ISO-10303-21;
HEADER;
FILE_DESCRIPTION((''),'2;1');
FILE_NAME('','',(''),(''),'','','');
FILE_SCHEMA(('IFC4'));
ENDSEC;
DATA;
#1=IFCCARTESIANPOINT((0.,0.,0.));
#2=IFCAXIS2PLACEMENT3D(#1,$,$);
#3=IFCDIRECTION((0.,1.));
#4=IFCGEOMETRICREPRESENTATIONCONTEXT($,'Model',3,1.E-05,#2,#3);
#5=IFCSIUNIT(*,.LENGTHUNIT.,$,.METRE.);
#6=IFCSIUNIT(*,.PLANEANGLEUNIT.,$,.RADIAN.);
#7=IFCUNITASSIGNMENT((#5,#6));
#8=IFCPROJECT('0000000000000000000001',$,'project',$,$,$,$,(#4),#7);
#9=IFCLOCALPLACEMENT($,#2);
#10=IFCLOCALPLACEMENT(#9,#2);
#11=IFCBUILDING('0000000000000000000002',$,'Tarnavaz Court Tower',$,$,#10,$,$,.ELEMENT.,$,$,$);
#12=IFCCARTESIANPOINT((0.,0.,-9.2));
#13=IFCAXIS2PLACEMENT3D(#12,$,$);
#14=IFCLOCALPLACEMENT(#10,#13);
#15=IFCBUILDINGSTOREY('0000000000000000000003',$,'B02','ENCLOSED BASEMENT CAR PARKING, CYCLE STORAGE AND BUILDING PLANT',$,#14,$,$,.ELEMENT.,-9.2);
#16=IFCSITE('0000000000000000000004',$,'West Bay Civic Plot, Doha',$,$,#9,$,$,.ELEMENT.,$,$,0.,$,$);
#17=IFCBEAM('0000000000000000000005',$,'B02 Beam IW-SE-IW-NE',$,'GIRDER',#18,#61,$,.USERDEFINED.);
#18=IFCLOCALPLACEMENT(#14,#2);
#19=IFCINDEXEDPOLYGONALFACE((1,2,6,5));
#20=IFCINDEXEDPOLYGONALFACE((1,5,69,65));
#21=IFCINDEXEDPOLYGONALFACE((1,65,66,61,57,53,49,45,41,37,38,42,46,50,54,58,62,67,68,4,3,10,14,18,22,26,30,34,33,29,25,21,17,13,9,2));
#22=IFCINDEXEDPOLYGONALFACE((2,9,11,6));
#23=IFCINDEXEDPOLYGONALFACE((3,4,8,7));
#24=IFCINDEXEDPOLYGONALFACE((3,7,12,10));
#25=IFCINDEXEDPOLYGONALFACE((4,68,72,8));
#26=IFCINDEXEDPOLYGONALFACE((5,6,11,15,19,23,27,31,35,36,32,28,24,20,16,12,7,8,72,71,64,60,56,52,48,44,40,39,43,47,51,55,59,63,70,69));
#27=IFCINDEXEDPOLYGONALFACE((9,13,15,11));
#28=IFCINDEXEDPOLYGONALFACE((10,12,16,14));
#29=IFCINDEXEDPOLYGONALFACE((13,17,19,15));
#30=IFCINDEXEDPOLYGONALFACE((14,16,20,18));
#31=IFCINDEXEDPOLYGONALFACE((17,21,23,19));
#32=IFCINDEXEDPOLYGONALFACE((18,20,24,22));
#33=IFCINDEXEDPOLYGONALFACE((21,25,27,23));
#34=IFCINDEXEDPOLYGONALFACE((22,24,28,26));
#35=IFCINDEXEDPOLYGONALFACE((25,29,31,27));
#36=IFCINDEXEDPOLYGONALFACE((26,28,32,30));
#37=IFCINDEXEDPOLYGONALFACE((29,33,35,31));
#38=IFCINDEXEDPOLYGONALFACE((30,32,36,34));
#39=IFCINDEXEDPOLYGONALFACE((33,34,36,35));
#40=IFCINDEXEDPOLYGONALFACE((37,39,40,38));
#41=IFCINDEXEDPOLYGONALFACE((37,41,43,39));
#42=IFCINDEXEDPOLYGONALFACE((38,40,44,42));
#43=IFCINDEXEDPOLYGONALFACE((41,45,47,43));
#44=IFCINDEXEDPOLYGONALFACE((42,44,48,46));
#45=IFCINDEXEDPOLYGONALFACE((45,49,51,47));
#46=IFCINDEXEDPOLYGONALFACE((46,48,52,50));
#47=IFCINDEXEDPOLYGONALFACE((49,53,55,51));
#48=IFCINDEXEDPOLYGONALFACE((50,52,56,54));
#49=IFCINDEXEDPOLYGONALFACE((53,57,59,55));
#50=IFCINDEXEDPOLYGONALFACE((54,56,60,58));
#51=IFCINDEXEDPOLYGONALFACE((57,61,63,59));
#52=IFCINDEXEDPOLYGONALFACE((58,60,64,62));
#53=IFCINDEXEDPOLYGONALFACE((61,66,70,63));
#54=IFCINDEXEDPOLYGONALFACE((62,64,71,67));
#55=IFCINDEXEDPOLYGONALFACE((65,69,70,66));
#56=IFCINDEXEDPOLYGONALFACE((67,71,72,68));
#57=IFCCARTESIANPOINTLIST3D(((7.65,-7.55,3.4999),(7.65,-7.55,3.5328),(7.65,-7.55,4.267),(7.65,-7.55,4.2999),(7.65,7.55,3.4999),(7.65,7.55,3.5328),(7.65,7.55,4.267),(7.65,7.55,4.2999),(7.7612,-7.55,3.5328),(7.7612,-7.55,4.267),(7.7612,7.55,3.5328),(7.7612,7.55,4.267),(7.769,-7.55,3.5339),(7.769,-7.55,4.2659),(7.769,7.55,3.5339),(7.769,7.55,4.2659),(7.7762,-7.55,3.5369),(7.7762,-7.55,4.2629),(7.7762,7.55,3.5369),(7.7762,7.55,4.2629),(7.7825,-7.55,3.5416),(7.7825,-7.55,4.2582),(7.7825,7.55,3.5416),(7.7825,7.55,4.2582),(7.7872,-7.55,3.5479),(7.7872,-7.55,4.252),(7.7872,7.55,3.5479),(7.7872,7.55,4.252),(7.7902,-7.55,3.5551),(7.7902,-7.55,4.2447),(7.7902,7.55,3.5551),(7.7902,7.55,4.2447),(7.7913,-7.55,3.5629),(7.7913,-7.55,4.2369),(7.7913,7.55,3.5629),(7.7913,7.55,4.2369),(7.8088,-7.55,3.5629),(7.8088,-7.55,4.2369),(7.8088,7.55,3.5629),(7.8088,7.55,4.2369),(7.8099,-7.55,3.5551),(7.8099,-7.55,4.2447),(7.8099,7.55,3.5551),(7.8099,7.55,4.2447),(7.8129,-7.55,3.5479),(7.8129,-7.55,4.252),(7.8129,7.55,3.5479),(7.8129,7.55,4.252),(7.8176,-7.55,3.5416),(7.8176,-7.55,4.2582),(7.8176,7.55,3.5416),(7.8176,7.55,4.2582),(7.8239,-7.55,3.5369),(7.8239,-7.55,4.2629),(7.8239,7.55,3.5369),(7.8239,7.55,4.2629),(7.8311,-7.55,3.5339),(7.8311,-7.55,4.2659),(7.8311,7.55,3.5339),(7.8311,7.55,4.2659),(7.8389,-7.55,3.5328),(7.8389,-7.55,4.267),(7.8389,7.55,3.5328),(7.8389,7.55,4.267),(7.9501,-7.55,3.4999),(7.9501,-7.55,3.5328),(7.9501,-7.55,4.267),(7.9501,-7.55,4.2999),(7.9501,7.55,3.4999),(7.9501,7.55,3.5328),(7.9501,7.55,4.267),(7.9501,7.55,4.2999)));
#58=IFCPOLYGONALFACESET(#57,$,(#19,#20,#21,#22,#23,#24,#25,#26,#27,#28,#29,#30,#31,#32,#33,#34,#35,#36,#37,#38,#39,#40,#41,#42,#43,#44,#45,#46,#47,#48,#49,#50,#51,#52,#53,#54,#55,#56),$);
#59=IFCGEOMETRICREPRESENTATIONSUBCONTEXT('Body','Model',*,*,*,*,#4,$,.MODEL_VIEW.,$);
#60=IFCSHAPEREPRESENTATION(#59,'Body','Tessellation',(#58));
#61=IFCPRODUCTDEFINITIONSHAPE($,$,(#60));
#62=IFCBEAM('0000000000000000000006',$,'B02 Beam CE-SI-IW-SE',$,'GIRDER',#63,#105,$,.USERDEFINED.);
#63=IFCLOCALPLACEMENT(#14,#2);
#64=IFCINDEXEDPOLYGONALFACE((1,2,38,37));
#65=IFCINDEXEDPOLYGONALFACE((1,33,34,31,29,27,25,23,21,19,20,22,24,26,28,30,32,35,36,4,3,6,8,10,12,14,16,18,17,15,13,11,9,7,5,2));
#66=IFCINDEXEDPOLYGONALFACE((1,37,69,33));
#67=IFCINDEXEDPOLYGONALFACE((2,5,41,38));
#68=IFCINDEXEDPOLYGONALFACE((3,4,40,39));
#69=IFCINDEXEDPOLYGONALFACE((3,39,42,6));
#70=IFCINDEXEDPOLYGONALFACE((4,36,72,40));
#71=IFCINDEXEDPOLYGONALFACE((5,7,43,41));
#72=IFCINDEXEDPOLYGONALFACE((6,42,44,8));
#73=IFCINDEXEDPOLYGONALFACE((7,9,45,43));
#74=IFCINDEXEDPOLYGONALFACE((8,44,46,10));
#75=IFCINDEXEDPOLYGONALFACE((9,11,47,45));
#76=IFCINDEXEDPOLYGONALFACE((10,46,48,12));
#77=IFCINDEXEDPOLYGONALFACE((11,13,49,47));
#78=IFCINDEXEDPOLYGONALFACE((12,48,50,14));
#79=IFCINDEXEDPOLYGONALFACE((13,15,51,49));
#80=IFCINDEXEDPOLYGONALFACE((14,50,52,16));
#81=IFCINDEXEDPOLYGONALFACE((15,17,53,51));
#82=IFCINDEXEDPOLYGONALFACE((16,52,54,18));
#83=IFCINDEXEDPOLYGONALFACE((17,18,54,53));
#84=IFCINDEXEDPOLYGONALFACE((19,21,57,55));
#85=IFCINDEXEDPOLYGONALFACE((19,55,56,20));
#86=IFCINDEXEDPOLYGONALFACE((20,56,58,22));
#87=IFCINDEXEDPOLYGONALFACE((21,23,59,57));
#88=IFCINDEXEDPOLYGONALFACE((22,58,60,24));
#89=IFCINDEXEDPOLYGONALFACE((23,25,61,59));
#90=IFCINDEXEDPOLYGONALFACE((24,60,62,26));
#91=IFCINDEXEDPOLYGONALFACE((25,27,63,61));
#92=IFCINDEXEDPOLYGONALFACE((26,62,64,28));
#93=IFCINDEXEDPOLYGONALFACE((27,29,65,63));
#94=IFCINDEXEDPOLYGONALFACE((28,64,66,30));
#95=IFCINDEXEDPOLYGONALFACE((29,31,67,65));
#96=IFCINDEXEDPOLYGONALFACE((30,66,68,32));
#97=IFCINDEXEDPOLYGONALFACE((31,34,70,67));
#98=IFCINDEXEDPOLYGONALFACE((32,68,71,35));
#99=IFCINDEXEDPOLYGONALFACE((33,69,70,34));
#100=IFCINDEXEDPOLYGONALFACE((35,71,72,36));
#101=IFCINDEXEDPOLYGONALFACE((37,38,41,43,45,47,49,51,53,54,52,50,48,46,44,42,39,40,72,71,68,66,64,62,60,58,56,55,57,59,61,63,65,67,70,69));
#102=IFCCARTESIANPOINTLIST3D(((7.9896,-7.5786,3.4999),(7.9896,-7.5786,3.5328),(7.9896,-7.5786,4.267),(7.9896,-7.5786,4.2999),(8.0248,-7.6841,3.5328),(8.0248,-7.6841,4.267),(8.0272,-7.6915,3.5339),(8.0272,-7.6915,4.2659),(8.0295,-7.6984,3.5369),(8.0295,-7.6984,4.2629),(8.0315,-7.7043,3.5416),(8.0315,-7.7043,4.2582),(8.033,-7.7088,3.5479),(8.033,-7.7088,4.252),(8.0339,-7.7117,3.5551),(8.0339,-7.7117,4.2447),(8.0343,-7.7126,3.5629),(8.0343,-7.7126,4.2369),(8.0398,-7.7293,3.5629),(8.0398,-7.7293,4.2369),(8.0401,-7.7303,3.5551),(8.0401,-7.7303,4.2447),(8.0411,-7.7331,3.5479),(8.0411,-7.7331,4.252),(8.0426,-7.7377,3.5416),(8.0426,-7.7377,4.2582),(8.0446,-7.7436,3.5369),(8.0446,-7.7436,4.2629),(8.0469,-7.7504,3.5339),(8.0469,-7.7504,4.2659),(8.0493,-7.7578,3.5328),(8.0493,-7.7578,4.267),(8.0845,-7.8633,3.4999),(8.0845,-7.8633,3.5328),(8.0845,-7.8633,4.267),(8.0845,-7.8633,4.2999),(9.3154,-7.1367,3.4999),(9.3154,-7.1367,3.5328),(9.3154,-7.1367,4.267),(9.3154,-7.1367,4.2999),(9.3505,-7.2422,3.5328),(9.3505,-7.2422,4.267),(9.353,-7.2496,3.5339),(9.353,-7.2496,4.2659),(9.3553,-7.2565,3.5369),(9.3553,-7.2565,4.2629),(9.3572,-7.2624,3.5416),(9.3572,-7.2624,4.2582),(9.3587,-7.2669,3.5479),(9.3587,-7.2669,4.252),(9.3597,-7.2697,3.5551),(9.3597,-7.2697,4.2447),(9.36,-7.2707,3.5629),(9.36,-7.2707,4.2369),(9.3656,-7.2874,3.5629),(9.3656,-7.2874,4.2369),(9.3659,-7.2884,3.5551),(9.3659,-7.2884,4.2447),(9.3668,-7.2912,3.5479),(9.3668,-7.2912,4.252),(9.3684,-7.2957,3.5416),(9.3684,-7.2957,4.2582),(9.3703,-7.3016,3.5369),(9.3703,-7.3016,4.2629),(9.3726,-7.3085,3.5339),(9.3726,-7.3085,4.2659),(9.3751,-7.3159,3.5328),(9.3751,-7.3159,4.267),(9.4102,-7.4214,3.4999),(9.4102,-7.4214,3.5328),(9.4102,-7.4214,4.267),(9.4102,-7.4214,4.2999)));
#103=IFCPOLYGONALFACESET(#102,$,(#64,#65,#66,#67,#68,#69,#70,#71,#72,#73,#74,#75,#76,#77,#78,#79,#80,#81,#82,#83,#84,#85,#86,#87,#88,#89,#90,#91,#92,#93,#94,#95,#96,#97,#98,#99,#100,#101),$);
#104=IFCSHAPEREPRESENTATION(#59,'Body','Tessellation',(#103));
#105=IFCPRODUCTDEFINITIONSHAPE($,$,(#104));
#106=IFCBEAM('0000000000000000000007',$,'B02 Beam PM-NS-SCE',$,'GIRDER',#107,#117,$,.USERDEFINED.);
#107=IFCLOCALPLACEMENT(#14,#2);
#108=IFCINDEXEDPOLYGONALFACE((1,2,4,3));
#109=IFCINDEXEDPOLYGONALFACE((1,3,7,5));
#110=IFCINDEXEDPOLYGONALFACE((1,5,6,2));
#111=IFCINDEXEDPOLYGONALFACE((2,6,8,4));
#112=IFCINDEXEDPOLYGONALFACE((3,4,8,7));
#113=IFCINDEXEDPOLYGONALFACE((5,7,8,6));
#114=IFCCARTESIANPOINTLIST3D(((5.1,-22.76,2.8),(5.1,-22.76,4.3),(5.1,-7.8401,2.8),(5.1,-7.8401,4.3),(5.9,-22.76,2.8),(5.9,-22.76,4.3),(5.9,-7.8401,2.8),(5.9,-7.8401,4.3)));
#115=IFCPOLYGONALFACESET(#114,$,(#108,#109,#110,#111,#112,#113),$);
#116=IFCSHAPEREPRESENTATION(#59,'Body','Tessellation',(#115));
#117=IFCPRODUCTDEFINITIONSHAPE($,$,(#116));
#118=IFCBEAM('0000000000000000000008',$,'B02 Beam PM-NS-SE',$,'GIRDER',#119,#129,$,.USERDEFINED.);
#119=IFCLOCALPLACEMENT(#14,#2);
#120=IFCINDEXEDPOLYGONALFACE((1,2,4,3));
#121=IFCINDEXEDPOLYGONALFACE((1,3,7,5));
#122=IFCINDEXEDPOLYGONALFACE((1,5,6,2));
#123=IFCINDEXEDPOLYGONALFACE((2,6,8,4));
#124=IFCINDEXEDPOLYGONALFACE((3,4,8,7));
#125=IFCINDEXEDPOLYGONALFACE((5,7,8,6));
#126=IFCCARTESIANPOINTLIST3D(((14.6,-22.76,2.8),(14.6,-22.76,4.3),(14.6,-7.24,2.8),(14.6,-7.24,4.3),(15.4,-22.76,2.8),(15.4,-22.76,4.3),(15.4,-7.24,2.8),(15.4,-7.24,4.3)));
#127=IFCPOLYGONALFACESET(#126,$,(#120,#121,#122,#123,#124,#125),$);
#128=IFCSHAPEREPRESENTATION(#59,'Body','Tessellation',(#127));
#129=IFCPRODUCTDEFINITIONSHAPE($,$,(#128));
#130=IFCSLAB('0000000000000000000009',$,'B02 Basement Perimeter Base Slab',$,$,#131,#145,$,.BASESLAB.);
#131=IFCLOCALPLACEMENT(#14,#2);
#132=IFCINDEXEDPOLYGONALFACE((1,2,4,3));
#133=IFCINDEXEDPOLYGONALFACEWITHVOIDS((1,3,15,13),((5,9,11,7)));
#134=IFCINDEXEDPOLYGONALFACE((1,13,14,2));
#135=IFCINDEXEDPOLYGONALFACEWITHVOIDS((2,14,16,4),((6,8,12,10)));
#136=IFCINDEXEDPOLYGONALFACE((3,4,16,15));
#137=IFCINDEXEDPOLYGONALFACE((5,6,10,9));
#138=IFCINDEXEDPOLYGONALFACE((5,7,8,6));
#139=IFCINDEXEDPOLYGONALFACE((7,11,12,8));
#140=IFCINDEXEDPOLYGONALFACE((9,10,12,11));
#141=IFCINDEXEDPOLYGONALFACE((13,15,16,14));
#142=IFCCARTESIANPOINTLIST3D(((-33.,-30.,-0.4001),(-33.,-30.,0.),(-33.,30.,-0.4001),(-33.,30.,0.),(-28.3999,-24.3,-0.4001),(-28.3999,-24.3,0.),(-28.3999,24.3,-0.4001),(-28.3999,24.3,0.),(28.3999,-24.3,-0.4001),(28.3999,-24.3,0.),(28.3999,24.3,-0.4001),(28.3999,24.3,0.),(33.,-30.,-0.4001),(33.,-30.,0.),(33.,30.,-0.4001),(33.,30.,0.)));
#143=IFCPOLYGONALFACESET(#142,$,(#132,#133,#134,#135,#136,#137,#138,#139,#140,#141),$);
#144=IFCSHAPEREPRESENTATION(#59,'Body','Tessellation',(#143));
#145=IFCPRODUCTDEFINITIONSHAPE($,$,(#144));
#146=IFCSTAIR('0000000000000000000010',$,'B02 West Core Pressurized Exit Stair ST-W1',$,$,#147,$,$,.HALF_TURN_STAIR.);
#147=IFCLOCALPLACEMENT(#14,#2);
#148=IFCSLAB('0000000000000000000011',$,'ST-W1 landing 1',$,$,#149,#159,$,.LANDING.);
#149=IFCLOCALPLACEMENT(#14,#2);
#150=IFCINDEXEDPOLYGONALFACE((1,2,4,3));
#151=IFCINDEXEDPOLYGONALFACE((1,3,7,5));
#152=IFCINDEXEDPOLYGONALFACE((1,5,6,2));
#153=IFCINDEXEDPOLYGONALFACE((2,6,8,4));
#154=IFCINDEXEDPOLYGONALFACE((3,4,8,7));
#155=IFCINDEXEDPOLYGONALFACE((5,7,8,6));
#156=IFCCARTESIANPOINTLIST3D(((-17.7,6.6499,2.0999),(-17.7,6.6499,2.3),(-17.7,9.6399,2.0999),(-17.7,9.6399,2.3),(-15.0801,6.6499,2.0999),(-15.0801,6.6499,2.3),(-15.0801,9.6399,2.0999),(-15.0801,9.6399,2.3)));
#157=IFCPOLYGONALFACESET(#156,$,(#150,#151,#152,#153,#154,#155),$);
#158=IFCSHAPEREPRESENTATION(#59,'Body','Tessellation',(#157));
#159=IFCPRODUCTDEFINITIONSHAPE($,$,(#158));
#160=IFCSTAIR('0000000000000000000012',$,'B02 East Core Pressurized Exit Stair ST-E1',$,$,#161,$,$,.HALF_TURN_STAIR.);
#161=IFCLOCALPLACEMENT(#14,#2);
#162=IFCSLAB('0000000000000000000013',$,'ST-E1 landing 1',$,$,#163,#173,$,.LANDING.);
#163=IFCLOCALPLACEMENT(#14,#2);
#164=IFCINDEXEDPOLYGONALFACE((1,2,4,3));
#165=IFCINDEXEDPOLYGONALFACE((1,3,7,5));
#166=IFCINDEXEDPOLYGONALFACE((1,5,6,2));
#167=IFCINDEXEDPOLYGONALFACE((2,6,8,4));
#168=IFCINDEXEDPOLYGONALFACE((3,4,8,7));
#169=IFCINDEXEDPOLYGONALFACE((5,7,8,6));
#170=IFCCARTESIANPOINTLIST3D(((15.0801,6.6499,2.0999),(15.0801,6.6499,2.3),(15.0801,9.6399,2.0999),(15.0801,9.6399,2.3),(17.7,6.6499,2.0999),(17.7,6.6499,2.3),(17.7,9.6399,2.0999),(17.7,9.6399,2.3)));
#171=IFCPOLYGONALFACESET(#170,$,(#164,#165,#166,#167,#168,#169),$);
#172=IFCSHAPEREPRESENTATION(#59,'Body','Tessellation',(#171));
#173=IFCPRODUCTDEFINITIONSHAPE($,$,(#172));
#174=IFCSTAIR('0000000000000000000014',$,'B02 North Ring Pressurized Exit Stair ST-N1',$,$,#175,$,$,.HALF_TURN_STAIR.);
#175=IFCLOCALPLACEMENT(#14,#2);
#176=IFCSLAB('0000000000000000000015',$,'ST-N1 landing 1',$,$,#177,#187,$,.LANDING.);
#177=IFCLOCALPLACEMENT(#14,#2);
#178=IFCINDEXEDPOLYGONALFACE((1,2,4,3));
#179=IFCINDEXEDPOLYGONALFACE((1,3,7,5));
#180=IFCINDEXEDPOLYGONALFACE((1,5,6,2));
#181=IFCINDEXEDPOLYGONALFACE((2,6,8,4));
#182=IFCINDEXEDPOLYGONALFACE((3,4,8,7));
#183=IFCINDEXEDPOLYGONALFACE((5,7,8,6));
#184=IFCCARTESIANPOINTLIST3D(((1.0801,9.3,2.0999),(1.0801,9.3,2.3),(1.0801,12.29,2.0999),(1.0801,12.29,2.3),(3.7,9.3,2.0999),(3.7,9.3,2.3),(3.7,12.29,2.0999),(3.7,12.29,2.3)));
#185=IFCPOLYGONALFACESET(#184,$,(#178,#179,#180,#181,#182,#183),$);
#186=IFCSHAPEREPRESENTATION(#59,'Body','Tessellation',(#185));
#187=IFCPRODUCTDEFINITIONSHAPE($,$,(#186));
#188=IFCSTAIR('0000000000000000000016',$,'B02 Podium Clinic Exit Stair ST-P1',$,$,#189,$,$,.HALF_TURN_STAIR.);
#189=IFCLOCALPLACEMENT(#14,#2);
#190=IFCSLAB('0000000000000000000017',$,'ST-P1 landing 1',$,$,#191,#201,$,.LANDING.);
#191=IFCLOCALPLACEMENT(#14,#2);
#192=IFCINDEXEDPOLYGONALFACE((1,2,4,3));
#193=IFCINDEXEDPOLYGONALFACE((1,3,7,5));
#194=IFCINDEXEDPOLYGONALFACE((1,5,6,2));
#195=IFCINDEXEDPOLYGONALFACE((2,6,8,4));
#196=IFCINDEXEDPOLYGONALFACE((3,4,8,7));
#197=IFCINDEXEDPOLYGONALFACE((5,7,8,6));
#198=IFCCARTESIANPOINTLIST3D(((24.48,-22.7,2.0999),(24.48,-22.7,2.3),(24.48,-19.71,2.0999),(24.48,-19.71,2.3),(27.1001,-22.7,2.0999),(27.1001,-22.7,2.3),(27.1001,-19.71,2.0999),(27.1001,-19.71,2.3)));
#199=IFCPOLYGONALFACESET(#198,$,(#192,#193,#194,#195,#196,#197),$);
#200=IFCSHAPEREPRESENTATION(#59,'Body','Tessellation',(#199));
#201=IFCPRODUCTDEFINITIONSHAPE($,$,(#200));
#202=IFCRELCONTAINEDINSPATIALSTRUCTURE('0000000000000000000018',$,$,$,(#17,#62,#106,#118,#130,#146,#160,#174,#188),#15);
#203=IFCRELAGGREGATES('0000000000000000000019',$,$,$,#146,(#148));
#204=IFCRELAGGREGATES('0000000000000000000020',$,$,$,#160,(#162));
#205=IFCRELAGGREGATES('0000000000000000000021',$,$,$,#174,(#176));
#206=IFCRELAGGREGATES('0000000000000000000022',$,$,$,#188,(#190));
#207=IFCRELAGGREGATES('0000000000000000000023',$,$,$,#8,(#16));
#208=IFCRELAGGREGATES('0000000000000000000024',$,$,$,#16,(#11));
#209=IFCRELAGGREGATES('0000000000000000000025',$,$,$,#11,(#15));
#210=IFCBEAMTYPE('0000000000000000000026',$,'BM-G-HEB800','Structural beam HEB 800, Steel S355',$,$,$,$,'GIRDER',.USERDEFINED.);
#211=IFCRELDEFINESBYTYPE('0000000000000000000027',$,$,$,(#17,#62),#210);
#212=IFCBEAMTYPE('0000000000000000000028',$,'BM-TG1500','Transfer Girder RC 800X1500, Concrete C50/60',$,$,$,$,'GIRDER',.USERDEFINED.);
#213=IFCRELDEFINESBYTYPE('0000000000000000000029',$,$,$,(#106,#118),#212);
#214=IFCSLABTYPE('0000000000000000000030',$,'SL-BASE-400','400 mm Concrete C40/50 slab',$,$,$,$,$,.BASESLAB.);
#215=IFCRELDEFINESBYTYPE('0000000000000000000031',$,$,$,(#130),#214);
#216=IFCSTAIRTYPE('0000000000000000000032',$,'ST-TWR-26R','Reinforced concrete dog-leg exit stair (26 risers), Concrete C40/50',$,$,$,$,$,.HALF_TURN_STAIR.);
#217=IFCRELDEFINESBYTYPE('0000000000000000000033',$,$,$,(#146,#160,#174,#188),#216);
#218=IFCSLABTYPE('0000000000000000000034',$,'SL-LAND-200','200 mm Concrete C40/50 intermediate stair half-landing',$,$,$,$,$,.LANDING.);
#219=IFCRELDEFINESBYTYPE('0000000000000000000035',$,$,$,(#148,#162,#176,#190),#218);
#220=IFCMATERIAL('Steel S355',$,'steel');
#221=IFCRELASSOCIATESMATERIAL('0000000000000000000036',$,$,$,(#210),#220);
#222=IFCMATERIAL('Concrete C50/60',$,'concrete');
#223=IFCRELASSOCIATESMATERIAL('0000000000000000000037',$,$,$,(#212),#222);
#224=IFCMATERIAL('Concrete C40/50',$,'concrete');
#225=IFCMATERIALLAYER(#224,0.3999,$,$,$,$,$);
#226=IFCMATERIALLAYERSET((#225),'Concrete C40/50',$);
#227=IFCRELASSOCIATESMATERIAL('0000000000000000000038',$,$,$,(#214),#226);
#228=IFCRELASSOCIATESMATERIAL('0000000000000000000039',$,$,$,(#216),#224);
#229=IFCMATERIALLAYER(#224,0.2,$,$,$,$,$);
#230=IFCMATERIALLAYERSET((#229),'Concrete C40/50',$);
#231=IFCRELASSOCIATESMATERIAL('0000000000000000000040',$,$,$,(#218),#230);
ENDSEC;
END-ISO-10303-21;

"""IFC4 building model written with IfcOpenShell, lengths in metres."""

from ifc_helpers import new_model, si_unit, direction, frame, origin, origin_2d, place, context, subcontext, project, spatial, polyline, rectangle, i_section, outline, extrude, material, layer, layer_set, material_profile, profile_set, type_object, element, aggregate, save


model = new_model("IFC4")

# Units and contexts
model_context = context("Model", 3, precision=1e-05, world=origin(), true_north=direction((0.0, 1.0)))
body_context = subcontext(model_context, "Body", "Model", "MODEL_VIEW")
ifc_project = project(units=[si_unit("LENGTHUNIT", "METRE"), si_unit("PLANEANGLEUNIT", "RADIAN")], contexts=[model_context])

# Site, building, storey
site_placement = place(None, origin())
site = spatial("IfcSite", under=ifc_project, at=site_placement, Name="West Bay Civic Plot, Doha", CompositionType="ELEMENT", RefElevation=0.0)
building_placement = place(site_placement, origin())
building = spatial("IfcBuilding", under=site, at=building_placement, Name="Tarnavaz Court Tower", CompositionType="ELEMENT")
storey_placement = place(building_placement, frame((0.0, 0.0, -9.2)))
storey = spatial("IfcBuildingStorey", under=building, at=storey_placement, Name="B02", Description="ENCLOSED BASEMENT CAR PARKING, CYCLE STORAGE AND BUILDING PLANT", CompositionType="ELEMENT", Elevation=-9.2)

# Shared definitions
ifc_material_1 = material(Name="Concrete C50/60", Category="concrete")

# Beams
ifc_material_2 = material(Name="Steel S355", Category="steel")
ifc_material_profile_1 = material_profile(ifc_material_2, i_section(OverallWidth=0.3, OverallDepth=0.8, WebThickness=0.0176, FlangeThickness=0.033, FilletRadius=0.03, at=origin_2d()), Name="HEB 800")
ifc_profile_set_1 = profile_set([ifc_material_profile_1], Name="Steel S355")
beam_type_1 = type_object("IfcBeamType", Name="BM-G-HEB800", Description="Structural beam HEB 800, Steel S355", ElementType="GIRDER", PredefinedType="USERDEFINED", material=ifc_profile_set_1)
beam_1_placement = place(storey_placement, frame((7.8, -7.55, 3.8999), z_axis=(0.0, 1.0, 0.0), x_axis=(-1.0, 0.0, 0.0)))
element("IfcBeam", 1, at=beam_1_placement, inside=storey, type_object=beam_type_1, Name="B02 Beam IW-SE-IW-NE", ObjectType="GIRDER", PredefinedType="USERDEFINED", context=body_context, shape_type="SweptSolid", body=[
    extrude(i_section(OverallWidth=0.3, OverallDepth=0.8, WebThickness=0.0176, FlangeThickness=0.033, FilletRadius=0.03, at=origin_2d()), origin(), (0.0, 0.0, 1.0), 15.1001),
])
beam_2_placement = place(storey_placement, frame((9.3628, -7.2791, 3.8999), z_axis=(-0.948683, -0.316228, 0.0), x_axis=(0.316228, -0.948683, 0.0)))
element("IfcBeam", 2, at=beam_2_placement, inside=storey, type_object=beam_type_1, Name="B02 Beam CE-SI-IW-SE", ObjectType="GIRDER", PredefinedType="USERDEFINED", context=body_context, shape_type="SweptSolid", body=[
    extrude(i_section(OverallWidth=0.3, OverallDepth=0.8, WebThickness=0.0176, FlangeThickness=0.033, FilletRadius=0.03, at=origin_2d()), origin(), (0.0, 0.0, 1.0), 1.3975),
])
ifc_material_profile_2 = material_profile(ifc_material_1, rectangle(XDim=0.8, YDim=1.5, at=origin_2d()), Name="RC 800X1500")
ifc_profile_set_2 = profile_set([ifc_material_profile_2], Name="Concrete C50/60")
beam_type_2 = type_object("IfcBeamType", Name="BM-TG1500", Description="Transfer Girder RC 800X1500, Concrete C50/60", ElementType="GIRDER", PredefinedType="USERDEFINED", material=ifc_profile_set_2)
beam_3_placement = place(storey_placement, frame((5.5, -7.8401, 3.55), z_axis=(0.0, -1.0, 0.0), x_axis=(1.0, 0.0, 0.0)))
element("IfcBeam", 3, at=beam_3_placement, inside=storey, type_object=beam_type_2, Name="B02 Beam PM-NS-SCE", ObjectType="GIRDER", PredefinedType="USERDEFINED", context=body_context, shape_type="SweptSolid", body=[
    extrude(rectangle(XDim=0.8, YDim=1.5, at=origin_2d()), origin(), (0.0, 0.0, 1.0), 14.9199),
])
beam_4_placement = place(storey_placement, frame((15.0, -7.24, 3.55), z_axis=(0.0, -1.0, 0.0), x_axis=(1.0, 0.0, 0.0)))
element("IfcBeam", 4, at=beam_4_placement, inside=storey, type_object=beam_type_2, Name="B02 Beam PM-NS-SE", ObjectType="GIRDER", PredefinedType="USERDEFINED", context=body_context, shape_type="SweptSolid", body=[
    extrude(rectangle(XDim=0.8, YDim=1.5, at=origin_2d()), origin(), (0.0, 0.0, 1.0), 15.52),
])

# Slab
ifc_material_3 = material(Name="Concrete C40/50", Category="concrete")
ifc_layer_1 = layer(ifc_material_3, 0.3999)
ifc_layer_set_1 = layer_set([ifc_layer_1], Name="Concrete C40/50")
slab_type_1 = type_object("IfcSlabType", Name="SL-BASE-400", Description="400 mm Concrete C40/50 slab", PredefinedType="BASESLAB", material=ifc_layer_set_1)
slab_1_placement = place(storey_placement, frame((0.0, 0.0, -0.4001)))
element("IfcSlab", 5, at=slab_1_placement, inside=storey, type_object=slab_type_1, Name="B02 Basement Perimeter Base Slab", PredefinedType="BASESLAB", context=body_context, shape_type="SweptSolid", body=[
    extrude(outline(polyline([(-33.0, -30.0), (33.0, -30.0), (33.0, 30.0), (-33.0, 30.0), (-33.0, -30.0)]), holes=[polyline([(-28.3999, -24.3), (28.3999, -24.3), (28.3999, 24.3), (-28.3999, 24.3), (-28.3999, -24.3)])]), origin(), (0.0, 0.0, 1.0), 0.4001),
])

# Stairs, slabs
stair_type = type_object("IfcStairType", Name="ST-TWR-26R", Description="Reinforced concrete dog-leg exit stair (26 risers), Concrete C40/50", PredefinedType="HALF_TURN_STAIR", material=ifc_material_3)
stair_1_placement = place(storey_placement, origin())
stair_1 = element("IfcStair", 6, at=stair_1_placement, inside=storey, type_object=stair_type, Name="B02 West Core Pressurized Exit Stair ST-W1", PredefinedType="HALF_TURN_STAIR")
ifc_layer_2 = layer(ifc_material_3, 0.2)
ifc_layer_set_2 = layer_set([ifc_layer_2], Name="Concrete C40/50")
slab_type_2 = type_object("IfcSlabType", Name="SL-LAND-200", Description="200 mm Concrete C40/50 intermediate stair half-landing", PredefinedType="LANDING", material=ifc_layer_set_2)
slab_2_placement = place(storey_placement, frame((0.0, 0.0, 2.0999)))
slab_2 = element("IfcSlab", 7, at=slab_2_placement, type_object=slab_type_2, Name="ST-W1 landing 1", PredefinedType="LANDING", context=body_context, shape_type="SweptSolid", body=[
    extrude(outline(polyline([(-15.0801, 9.6399), (-17.7, 9.6399), (-17.7, 6.6499), (-15.0801, 6.6499), (-15.0801, 9.6399)])), origin(), (0.0, 0.0, 1.0), 0.2002),
])
aggregate(stair_1, [slab_2])
stair_2_placement = place(storey_placement, origin())
stair_2 = element("IfcStair", 8, at=stair_2_placement, inside=storey, type_object=stair_type, Name="B02 East Core Pressurized Exit Stair ST-E1", PredefinedType="HALF_TURN_STAIR")
slab_3_placement = place(storey_placement, frame((0.0, 0.0, 2.0999)))
slab_3 = element("IfcSlab", 9, at=slab_3_placement, type_object=slab_type_2, Name="ST-E1 landing 1", PredefinedType="LANDING", context=body_context, shape_type="SweptSolid", body=[
    extrude(outline(polyline([(15.0801, 6.6499), (17.7, 6.6499), (17.7, 9.6399), (15.0801, 9.6399), (15.0801, 6.6499)])), origin(), (0.0, 0.0, 1.0), 0.2002),
])
aggregate(stair_2, [slab_3])
stair_3_placement = place(storey_placement, origin())
stair_3 = element("IfcStair", 10, at=stair_3_placement, inside=storey, type_object=stair_type, Name="B02 North Ring Pressurized Exit Stair ST-N1", PredefinedType="HALF_TURN_STAIR")
slab_4_placement = place(storey_placement, frame((0.0, 0.0, 2.0999)))
slab_4 = element("IfcSlab", 11, at=slab_4_placement, type_object=slab_type_2, Name="ST-N1 landing 1", PredefinedType="LANDING", context=body_context, shape_type="SweptSolid", body=[
    extrude(outline(polyline([(1.0801, 9.3), (3.7, 9.3), (3.7, 12.29), (1.0801, 12.29), (1.0801, 9.3)])), origin(), (0.0, 0.0, 1.0), 0.2002),
])
aggregate(stair_3, [slab_4])
stair_4_placement = place(storey_placement, origin())
stair_4 = element("IfcStair", 12, at=stair_4_placement, inside=storey, type_object=stair_type, Name="B02 Podium Clinic Exit Stair ST-P1", PredefinedType="HALF_TURN_STAIR")
slab_5_placement = place(storey_placement, frame((0.0, 0.0, 2.0999)))
slab_5 = element("IfcSlab", 13, at=slab_5_placement, type_object=slab_type_2, Name="ST-P1 landing 1", PredefinedType="LANDING", context=body_context, shape_type="SweptSolid", body=[
    extrude(outline(polyline([(24.48, -22.7), (27.1001, -22.7), (27.1001, -19.71), (24.48, -19.71), (24.48, -22.7)])), origin(), (0.0, 0.0, 1.0), 0.2002),
])
aggregate(stair_4, [slab_5])

save(model, "model.ifc")
